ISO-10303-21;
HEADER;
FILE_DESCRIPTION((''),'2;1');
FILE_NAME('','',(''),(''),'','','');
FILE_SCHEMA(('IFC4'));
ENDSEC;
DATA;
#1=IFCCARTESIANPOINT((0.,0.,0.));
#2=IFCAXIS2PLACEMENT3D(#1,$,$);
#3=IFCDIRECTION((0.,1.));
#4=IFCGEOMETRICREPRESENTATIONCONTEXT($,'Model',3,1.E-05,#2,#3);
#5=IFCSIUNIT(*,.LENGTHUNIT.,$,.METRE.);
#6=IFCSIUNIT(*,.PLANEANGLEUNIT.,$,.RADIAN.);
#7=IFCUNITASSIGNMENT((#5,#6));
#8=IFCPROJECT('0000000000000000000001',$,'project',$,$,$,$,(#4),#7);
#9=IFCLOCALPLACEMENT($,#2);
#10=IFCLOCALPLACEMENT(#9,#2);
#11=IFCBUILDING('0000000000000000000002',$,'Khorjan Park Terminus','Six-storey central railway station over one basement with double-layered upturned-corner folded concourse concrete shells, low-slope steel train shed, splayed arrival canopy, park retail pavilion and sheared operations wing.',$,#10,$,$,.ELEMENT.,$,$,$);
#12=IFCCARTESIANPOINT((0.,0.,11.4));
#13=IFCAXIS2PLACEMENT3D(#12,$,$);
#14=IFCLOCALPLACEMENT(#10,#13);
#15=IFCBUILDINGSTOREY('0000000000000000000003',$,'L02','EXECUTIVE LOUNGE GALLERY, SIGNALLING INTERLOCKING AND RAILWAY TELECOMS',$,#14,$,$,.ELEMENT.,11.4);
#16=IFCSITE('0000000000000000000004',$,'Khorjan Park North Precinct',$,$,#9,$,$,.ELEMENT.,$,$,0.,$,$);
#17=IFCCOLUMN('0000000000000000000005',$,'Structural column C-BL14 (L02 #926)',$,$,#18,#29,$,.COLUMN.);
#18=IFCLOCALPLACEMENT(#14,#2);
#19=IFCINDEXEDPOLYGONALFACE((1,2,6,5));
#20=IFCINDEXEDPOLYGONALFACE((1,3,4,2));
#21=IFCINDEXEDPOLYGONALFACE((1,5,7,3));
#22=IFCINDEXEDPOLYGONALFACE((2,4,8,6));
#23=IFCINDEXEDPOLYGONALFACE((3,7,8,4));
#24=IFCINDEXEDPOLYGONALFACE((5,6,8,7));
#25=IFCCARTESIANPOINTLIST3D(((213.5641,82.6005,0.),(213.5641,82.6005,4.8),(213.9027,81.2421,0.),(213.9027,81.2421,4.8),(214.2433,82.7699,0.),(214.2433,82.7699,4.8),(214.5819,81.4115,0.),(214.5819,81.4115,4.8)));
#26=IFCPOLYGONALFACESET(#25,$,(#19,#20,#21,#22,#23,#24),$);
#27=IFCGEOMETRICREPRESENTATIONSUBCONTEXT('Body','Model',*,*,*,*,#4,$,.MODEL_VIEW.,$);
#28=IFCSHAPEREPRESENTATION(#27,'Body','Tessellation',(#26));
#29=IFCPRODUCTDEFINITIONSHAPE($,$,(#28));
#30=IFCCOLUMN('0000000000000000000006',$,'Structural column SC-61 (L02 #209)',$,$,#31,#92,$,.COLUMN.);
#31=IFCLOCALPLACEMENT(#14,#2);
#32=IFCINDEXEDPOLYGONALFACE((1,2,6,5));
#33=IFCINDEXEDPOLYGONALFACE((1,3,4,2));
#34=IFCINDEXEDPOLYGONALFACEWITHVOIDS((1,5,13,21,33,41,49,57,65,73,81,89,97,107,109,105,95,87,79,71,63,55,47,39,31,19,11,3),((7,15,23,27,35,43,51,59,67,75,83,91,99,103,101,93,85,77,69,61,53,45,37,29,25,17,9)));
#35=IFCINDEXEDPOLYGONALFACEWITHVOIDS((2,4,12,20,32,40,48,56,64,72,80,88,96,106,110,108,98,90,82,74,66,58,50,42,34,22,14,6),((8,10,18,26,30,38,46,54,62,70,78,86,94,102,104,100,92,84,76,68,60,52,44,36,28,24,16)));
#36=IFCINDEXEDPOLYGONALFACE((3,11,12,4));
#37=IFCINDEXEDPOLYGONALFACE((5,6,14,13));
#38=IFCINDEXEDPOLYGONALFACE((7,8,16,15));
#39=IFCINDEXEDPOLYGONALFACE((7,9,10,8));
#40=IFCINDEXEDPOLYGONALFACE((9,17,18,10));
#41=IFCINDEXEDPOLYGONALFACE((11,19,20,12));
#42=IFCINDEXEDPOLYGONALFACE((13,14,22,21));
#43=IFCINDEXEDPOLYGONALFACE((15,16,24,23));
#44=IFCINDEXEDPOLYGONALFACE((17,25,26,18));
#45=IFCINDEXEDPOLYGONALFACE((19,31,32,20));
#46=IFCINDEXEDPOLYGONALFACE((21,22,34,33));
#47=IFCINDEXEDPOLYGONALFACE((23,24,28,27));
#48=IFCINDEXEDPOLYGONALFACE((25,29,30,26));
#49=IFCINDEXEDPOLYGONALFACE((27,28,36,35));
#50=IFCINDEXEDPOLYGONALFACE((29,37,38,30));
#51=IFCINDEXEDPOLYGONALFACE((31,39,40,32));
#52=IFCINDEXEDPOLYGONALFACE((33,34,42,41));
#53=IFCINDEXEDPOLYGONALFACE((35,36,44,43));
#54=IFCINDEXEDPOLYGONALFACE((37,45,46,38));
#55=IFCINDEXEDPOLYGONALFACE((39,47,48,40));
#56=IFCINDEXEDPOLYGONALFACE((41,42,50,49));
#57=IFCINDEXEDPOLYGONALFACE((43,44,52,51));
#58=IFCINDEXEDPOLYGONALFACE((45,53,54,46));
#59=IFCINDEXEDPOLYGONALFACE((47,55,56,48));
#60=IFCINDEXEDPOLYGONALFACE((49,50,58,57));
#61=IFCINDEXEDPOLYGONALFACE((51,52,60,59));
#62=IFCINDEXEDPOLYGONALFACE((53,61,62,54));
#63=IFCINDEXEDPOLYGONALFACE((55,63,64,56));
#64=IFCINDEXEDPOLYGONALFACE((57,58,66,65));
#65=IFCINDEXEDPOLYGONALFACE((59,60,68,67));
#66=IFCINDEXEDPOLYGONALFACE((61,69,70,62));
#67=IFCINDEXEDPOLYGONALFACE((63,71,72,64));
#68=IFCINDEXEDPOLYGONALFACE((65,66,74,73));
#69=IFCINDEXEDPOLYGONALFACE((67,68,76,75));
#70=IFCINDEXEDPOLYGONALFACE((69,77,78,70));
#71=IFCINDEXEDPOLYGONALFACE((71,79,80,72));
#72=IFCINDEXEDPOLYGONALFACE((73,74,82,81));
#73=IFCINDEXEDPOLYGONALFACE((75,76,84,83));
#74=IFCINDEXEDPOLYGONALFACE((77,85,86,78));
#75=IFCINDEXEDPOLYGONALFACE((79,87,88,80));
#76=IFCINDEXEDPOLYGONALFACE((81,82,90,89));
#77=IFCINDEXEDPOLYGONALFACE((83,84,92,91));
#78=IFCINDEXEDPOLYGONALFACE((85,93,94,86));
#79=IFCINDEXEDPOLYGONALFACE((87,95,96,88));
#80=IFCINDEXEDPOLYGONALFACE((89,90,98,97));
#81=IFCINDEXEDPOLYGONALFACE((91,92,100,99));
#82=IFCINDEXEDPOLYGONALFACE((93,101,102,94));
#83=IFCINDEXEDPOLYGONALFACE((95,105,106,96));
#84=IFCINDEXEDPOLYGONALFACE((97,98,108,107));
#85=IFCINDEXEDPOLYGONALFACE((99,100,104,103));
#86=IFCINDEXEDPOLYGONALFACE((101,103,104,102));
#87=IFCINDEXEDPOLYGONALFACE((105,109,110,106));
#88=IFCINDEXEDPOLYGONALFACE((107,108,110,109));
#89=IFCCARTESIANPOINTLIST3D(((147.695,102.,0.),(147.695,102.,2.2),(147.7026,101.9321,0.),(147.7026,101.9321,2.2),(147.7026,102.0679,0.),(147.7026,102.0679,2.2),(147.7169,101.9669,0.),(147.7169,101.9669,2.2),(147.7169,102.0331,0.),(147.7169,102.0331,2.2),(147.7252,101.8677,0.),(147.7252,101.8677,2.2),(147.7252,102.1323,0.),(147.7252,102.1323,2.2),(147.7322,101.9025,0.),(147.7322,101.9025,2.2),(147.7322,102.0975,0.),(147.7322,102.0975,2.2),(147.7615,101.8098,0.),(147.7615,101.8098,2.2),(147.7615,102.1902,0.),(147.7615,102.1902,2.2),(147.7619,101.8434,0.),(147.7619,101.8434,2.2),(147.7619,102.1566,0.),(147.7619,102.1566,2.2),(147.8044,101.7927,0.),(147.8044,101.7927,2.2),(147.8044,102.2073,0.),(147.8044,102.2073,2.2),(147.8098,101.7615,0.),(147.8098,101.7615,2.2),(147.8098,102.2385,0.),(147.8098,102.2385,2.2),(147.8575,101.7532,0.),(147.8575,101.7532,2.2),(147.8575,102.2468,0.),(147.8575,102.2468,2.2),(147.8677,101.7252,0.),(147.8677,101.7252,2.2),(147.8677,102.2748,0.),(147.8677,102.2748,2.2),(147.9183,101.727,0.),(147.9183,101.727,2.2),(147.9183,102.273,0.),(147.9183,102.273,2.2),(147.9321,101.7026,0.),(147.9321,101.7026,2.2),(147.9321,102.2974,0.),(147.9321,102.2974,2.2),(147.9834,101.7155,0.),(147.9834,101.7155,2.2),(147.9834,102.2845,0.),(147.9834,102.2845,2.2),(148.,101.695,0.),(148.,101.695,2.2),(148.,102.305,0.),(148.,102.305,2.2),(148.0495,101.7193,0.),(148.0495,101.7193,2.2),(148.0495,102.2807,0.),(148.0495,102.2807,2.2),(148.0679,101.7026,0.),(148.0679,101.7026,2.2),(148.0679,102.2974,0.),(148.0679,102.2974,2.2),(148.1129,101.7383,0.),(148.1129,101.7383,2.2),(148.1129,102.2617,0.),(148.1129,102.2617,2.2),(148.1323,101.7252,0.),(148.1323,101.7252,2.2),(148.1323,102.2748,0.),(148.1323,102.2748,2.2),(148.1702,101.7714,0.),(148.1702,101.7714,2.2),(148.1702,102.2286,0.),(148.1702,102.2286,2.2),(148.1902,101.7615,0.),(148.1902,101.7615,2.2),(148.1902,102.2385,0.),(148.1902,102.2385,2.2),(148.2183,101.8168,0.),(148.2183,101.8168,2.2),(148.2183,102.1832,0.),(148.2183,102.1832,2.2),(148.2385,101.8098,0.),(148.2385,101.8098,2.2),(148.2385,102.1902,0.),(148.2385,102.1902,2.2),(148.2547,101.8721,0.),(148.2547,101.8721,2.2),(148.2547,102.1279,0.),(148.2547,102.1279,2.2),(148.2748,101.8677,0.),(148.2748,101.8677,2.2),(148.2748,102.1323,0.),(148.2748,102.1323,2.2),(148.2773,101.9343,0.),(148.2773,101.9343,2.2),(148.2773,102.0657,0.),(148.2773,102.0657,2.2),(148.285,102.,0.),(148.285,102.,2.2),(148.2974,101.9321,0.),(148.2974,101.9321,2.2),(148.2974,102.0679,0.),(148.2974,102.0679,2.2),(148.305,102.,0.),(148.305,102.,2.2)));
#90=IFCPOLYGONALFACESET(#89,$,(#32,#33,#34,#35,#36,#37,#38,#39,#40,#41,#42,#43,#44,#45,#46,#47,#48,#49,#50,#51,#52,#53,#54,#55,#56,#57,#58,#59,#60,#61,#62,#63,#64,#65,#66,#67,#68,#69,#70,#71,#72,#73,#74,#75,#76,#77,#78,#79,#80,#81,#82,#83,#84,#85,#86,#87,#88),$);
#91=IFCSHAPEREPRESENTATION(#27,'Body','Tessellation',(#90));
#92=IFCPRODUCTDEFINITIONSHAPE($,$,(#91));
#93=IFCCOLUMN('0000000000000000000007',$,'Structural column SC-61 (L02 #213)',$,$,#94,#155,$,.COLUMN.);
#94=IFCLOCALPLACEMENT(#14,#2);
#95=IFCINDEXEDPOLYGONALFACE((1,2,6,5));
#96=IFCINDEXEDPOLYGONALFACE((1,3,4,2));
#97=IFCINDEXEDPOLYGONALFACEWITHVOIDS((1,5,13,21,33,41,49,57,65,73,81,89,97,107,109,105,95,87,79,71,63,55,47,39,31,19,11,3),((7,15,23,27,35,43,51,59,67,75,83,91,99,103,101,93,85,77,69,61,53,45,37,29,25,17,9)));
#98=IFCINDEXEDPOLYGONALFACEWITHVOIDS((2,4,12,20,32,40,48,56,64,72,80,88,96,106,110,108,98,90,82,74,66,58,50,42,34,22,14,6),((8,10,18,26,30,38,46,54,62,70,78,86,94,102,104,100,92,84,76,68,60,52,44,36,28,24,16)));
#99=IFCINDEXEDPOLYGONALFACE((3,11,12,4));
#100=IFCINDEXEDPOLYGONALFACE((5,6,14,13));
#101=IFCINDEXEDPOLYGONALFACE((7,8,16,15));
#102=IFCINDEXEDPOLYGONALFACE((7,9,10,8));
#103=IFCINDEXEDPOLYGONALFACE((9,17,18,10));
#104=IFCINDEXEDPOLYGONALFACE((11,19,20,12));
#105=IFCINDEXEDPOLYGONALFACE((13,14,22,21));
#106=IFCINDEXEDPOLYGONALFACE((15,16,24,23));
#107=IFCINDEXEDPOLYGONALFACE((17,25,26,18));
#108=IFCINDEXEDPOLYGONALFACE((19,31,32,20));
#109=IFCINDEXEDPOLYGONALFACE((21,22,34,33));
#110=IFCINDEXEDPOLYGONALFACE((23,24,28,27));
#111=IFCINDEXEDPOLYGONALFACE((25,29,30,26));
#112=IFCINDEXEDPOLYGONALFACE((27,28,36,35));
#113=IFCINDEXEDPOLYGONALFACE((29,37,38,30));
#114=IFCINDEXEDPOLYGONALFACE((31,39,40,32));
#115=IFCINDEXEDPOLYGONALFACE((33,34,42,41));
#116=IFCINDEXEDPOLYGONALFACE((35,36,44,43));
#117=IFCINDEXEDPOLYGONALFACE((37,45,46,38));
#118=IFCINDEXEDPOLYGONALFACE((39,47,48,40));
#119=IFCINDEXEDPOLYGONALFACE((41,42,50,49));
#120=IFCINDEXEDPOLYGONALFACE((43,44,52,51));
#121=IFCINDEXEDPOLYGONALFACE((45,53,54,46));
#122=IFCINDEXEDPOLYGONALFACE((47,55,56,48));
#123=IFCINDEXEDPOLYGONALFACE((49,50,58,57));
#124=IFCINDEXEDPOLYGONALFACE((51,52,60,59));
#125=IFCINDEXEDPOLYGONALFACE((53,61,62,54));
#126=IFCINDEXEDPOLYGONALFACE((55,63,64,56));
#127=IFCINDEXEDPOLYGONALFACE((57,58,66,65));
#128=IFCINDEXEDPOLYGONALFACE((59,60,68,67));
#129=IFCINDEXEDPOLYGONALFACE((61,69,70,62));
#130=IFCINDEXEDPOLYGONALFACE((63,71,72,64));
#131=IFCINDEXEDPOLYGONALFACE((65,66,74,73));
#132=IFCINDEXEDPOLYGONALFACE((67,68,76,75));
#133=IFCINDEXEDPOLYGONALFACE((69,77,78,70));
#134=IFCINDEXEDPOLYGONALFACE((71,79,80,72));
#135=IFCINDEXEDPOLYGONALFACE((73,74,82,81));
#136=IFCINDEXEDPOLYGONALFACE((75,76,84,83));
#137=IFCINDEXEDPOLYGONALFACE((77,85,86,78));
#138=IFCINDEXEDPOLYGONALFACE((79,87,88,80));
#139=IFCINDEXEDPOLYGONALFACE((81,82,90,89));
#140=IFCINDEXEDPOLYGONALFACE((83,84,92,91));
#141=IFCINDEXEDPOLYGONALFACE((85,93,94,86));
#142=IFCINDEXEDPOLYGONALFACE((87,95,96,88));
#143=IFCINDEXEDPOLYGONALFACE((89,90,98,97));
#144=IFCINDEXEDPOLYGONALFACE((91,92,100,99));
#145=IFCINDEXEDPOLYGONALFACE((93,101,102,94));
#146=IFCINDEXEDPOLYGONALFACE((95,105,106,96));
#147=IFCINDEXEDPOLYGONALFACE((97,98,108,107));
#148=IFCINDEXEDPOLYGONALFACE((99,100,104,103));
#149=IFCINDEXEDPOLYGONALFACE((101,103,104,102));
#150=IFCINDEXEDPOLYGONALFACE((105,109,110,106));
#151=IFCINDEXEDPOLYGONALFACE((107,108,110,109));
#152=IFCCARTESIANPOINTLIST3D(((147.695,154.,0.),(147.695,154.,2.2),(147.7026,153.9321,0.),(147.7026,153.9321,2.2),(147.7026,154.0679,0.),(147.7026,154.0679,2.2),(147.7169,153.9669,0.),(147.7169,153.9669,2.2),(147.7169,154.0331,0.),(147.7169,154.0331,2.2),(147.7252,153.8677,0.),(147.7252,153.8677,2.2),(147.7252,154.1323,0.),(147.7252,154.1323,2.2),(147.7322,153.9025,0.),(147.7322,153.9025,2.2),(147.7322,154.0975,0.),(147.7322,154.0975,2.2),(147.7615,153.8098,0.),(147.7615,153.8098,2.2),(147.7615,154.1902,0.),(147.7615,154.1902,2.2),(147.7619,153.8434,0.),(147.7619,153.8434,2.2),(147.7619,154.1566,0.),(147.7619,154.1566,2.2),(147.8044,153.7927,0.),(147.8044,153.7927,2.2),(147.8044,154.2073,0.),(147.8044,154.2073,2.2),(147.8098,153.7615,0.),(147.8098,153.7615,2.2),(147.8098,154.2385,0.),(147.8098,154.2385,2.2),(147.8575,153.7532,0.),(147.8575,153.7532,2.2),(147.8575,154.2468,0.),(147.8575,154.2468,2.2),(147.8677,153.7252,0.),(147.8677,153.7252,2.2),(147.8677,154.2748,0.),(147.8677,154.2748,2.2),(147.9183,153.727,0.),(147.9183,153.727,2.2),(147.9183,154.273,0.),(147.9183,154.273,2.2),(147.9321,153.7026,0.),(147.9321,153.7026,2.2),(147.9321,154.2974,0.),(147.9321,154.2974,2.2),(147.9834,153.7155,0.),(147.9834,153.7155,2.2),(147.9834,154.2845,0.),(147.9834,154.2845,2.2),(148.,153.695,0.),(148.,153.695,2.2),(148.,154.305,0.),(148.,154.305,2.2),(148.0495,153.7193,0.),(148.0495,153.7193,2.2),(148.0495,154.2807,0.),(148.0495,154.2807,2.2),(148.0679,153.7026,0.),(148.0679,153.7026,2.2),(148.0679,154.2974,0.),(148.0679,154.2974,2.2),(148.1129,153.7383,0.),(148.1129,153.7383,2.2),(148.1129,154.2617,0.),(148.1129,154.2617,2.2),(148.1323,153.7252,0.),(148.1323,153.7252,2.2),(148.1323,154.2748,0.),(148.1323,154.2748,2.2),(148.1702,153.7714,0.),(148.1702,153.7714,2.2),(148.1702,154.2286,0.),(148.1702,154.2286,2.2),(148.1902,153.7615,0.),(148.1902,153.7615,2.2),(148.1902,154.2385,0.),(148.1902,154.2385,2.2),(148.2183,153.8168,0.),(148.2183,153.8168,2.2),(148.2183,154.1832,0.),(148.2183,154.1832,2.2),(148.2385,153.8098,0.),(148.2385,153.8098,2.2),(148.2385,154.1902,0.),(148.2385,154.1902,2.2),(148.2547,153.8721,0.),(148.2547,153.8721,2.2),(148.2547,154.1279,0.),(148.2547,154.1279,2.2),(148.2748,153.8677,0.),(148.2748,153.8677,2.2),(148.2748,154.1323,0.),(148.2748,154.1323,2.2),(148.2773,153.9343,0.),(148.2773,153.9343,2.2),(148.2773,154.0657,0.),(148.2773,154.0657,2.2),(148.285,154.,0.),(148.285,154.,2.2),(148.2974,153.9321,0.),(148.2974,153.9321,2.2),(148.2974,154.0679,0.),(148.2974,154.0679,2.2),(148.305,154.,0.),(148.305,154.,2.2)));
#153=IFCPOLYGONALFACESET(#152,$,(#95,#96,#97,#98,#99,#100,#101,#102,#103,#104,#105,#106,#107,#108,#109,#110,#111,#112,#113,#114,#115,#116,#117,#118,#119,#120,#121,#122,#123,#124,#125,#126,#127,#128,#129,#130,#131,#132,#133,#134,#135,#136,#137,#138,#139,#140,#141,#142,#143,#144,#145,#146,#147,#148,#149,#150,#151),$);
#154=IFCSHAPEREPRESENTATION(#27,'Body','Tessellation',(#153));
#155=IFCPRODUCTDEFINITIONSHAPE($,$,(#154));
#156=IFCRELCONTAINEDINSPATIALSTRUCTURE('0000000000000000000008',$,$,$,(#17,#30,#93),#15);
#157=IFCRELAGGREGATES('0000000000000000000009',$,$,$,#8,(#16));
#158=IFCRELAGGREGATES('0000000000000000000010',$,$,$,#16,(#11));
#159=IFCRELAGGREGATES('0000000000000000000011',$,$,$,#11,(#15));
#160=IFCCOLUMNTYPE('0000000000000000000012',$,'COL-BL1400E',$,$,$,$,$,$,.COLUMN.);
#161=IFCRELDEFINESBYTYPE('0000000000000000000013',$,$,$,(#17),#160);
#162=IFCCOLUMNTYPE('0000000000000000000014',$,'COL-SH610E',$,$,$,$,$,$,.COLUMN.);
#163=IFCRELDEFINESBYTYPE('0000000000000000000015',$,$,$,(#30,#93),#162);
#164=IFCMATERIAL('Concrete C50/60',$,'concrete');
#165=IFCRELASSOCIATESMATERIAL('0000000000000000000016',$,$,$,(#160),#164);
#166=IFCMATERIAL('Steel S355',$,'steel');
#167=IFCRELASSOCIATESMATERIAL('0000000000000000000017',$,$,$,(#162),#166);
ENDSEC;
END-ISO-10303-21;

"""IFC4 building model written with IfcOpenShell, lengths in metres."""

from ifc_helpers import new_model, si_unit, direction, frame, origin, origin_2d, place, context, subcontext, project, spatial, rectangle, hollow_circle, extrude, material, material_profile, profile_set, type_object, element, save


model = new_model("IFC4")

# Units and contexts
model_context = context("Model", 3, precision=1e-05, world=origin(), true_north=direction((0.0, 1.0)))
body_context = subcontext(model_context, "Body", "Model", "MODEL_VIEW")
ifc_project = project(units=[si_unit("LENGTHUNIT", "METRE"), si_unit("PLANEANGLEUNIT", "RADIAN")], contexts=[model_context])

# Site, building, storey
site_placement = place(None, origin())
site = spatial("IfcSite", under=ifc_project, at=site_placement, Name="Khorjan Park North Precinct", CompositionType="ELEMENT", RefElevation=0.0)
building_placement = place(site_placement, origin())
building = spatial("IfcBuilding", under=site, at=building_placement, Name="Khorjan Park Terminus", Description="Six-storey central railway station over one basement with double-layered upturned-corner folded concourse concrete shells, low-slope steel train shed, splayed arrival canopy, park retail pavilion and sheared operations wing.", CompositionType="ELEMENT")
storey_placement = place(building_placement, frame((0.0, 0.0, 11.4)))
storey = spatial("IfcBuildingStorey", under=building, at=storey_placement, Name="L02", Description="EXECUTIVE LOUNGE GALLERY, SIGNALLING INTERLOCKING AND RAILWAY TELECOMS", CompositionType="ELEMENT", Elevation=11.4)

# Columns
ifc_material_1 = material(Name="Concrete C50/60", Category="concrete")
ifc_material_profile_1 = material_profile(ifc_material_1, rectangle(XDim=0.7, YDim=1.4, at=origin_2d()), Name="RC 700x1400")
ifc_profile_set_1 = profile_set([ifc_material_profile_1], Name="Concrete C50/60")
column_type_1 = type_object("IfcColumnType", Name="COL-BL1400E", PredefinedType="COLUMN", material=ifc_profile_set_1)
column_placement = place(storey_placement, frame((214.073, 82.006, 0.0), z_axis=(0.0, 0.0, 1.0), x_axis=(0.970296, 0.241922, 0.0)))
element("IfcColumn", 1, at=column_placement, inside=storey, type_object=column_type_1, Name="Structural column C-BL14 (L02 #926)", PredefinedType="COLUMN", context=body_context, shape_type="SweptSolid", body=[
    extrude(rectangle(XDim=0.7, YDim=1.4, at=origin_2d()), origin(), (0.0, 0.0, 1.0), 4.8),
])
ifc_material_2 = material(Name="Steel S355", Category="steel")
ifc_material_profile_2 = material_profile(ifc_material_2, hollow_circle(Radius=0.305, WallThickness=0.02, at=origin_2d()), Name="CHS 610x20")
ifc_profile_set_2 = profile_set([ifc_material_profile_2], Name="Steel S355")
column_type_2 = type_object("IfcColumnType", Name="COL-SH610E", PredefinedType="COLUMN", material=ifc_profile_set_2)
for number, where, z_axis, x_axis, name in (
    (2, (148.0, 102.0, 0.0), (0.0, 0.0, 1.0), (1.0, 0.0, 0.0), "Structural column SC-61 (L02 #209)"),
    (3, (148.0, 154.0, 0.0), (0.0, 0.0, 1.0), (1.0, 0.0, 0.0), "Structural column SC-61 (L02 #213)"),
):
    element("IfcColumn", number, at=place(storey_placement, frame(where, z_axis=z_axis, x_axis=x_axis)), inside=storey, type_object=column_type_2, Name=name, PredefinedType="COLUMN", context=body_context, shape_type="SweptSolid", body=[
        extrude(hollow_circle(Radius=0.305, WallThickness=0.02, at=origin_2d()), origin(), (0.0, 0.0, 1.0), 2.2),
    ])

save(model, "model.ifc")
